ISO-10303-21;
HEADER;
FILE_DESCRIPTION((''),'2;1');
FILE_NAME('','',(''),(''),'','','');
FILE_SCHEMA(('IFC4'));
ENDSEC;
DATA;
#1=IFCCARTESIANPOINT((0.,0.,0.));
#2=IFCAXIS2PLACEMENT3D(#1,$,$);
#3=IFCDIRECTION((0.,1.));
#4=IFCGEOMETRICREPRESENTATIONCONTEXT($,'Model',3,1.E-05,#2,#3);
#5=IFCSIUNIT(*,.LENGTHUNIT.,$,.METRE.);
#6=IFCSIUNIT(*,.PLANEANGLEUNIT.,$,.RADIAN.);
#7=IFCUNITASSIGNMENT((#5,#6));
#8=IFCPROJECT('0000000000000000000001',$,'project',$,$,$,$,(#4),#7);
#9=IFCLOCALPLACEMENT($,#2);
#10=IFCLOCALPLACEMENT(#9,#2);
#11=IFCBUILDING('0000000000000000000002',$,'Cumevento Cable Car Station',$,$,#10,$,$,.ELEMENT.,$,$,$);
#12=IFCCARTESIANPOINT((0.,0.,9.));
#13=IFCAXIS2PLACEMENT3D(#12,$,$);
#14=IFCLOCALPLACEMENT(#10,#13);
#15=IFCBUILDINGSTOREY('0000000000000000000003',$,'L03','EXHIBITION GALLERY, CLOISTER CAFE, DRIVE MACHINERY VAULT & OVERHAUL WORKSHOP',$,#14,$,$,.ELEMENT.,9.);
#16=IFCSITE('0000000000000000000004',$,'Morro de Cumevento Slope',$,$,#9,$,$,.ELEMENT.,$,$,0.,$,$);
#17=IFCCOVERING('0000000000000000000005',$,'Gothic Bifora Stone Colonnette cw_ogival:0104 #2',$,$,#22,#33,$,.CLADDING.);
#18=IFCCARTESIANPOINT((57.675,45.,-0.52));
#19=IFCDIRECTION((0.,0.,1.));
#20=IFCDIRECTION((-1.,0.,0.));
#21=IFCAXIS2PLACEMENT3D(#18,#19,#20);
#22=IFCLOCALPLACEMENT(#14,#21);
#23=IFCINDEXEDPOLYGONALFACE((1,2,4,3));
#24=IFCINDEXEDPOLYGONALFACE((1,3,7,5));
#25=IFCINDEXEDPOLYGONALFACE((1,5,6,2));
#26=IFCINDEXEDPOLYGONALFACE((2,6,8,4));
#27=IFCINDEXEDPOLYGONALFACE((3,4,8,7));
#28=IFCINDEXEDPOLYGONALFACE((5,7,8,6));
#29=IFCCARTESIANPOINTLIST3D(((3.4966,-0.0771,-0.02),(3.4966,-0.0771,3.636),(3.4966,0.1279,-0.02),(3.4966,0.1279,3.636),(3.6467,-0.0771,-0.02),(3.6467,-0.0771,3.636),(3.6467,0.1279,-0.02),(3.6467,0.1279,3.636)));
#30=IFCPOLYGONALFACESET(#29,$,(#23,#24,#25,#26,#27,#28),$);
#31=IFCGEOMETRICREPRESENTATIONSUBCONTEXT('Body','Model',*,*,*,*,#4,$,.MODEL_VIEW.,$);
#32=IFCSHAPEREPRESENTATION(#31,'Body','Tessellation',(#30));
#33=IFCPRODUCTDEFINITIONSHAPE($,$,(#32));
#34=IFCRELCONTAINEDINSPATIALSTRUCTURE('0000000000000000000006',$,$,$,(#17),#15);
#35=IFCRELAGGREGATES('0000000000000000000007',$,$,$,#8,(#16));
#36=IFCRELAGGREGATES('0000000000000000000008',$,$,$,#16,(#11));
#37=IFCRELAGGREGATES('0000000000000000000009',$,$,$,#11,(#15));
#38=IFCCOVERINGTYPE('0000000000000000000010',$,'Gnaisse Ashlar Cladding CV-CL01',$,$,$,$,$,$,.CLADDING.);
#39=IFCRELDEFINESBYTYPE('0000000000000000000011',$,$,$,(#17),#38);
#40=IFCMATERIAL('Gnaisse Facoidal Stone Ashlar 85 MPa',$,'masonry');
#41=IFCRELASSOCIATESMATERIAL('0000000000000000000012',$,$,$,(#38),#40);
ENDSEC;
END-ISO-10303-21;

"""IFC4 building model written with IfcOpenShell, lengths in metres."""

from ifc_helpers import new_model, si_unit, direction, frame, origin, place, context, subcontext, project, spatial, polyline, outline, extrude, material, type_object, element, save


model = new_model("IFC4")

# Units and contexts
model_context = context("Model", 3, precision=1e-05, world=origin(), true_north=direction((0.0, 1.0)))
body_context = subcontext(model_context, "Body", "Model", "MODEL_VIEW")
ifc_project = project(units=[si_unit("LENGTHUNIT", "METRE"), si_unit("PLANEANGLEUNIT", "RADIAN")], contexts=[model_context])

# Site, building, storey
site_placement = place(None, origin())
site = spatial("IfcSite", under=ifc_project, at=site_placement, Name="Morro de Cumevento Slope", CompositionType="ELEMENT", RefElevation=0.0)
building_placement = place(site_placement, origin())
building = spatial("IfcBuilding", under=site, at=building_placement, Name="Cumevento Cable Car Station", CompositionType="ELEMENT")
storey_placement = place(building_placement, frame((0.0, 0.0, 9.0)))
storey = spatial("IfcBuildingStorey", under=building, at=storey_placement, Name="L03", Description="EXHIBITION GALLERY, CLOISTER CAFE, DRIVE MACHINERY VAULT & OVERHAUL WORKSHOP", CompositionType="ELEMENT", Elevation=9.0)

# Covering
ifc_material_1 = material(Name="Gnaisse Facoidal Stone Ashlar 85 MPa", Category="masonry")
covering_type = type_object("IfcCoveringType", Name="Gnaisse Ashlar Cladding CV-CL01", PredefinedType="CLADDING", material=ifc_material_1)
covering_placement = place(storey_placement, frame((57.675, 45.0, -0.52), z_axis=(0.0, 0.0, 1.0), x_axis=(-1.0, 0.0, 0.0)))
element("IfcCovering", 1, at=covering_placement, inside=storey, type_object=covering_type, Name="Gothic Bifora Stone Colonnette cw_ogival:0104 #2", PredefinedType="CLADDING", context=body_context, shape_type="SweptSolid", body=[
    extrude(outline(polyline([(3.4966, -0.02), (3.6467, -0.02), (3.6467, 3.636), (3.4966, 3.636), (3.4966, -0.02)])), frame((0.0, 0.1279, 0.0), z_axis=(0.0, -1.0, 0.0), x_axis=(1.0, 0.0, 0.0)), (0.0, 0.0, 1.0), 0.2051),
])

save(model, "model.ifc")
